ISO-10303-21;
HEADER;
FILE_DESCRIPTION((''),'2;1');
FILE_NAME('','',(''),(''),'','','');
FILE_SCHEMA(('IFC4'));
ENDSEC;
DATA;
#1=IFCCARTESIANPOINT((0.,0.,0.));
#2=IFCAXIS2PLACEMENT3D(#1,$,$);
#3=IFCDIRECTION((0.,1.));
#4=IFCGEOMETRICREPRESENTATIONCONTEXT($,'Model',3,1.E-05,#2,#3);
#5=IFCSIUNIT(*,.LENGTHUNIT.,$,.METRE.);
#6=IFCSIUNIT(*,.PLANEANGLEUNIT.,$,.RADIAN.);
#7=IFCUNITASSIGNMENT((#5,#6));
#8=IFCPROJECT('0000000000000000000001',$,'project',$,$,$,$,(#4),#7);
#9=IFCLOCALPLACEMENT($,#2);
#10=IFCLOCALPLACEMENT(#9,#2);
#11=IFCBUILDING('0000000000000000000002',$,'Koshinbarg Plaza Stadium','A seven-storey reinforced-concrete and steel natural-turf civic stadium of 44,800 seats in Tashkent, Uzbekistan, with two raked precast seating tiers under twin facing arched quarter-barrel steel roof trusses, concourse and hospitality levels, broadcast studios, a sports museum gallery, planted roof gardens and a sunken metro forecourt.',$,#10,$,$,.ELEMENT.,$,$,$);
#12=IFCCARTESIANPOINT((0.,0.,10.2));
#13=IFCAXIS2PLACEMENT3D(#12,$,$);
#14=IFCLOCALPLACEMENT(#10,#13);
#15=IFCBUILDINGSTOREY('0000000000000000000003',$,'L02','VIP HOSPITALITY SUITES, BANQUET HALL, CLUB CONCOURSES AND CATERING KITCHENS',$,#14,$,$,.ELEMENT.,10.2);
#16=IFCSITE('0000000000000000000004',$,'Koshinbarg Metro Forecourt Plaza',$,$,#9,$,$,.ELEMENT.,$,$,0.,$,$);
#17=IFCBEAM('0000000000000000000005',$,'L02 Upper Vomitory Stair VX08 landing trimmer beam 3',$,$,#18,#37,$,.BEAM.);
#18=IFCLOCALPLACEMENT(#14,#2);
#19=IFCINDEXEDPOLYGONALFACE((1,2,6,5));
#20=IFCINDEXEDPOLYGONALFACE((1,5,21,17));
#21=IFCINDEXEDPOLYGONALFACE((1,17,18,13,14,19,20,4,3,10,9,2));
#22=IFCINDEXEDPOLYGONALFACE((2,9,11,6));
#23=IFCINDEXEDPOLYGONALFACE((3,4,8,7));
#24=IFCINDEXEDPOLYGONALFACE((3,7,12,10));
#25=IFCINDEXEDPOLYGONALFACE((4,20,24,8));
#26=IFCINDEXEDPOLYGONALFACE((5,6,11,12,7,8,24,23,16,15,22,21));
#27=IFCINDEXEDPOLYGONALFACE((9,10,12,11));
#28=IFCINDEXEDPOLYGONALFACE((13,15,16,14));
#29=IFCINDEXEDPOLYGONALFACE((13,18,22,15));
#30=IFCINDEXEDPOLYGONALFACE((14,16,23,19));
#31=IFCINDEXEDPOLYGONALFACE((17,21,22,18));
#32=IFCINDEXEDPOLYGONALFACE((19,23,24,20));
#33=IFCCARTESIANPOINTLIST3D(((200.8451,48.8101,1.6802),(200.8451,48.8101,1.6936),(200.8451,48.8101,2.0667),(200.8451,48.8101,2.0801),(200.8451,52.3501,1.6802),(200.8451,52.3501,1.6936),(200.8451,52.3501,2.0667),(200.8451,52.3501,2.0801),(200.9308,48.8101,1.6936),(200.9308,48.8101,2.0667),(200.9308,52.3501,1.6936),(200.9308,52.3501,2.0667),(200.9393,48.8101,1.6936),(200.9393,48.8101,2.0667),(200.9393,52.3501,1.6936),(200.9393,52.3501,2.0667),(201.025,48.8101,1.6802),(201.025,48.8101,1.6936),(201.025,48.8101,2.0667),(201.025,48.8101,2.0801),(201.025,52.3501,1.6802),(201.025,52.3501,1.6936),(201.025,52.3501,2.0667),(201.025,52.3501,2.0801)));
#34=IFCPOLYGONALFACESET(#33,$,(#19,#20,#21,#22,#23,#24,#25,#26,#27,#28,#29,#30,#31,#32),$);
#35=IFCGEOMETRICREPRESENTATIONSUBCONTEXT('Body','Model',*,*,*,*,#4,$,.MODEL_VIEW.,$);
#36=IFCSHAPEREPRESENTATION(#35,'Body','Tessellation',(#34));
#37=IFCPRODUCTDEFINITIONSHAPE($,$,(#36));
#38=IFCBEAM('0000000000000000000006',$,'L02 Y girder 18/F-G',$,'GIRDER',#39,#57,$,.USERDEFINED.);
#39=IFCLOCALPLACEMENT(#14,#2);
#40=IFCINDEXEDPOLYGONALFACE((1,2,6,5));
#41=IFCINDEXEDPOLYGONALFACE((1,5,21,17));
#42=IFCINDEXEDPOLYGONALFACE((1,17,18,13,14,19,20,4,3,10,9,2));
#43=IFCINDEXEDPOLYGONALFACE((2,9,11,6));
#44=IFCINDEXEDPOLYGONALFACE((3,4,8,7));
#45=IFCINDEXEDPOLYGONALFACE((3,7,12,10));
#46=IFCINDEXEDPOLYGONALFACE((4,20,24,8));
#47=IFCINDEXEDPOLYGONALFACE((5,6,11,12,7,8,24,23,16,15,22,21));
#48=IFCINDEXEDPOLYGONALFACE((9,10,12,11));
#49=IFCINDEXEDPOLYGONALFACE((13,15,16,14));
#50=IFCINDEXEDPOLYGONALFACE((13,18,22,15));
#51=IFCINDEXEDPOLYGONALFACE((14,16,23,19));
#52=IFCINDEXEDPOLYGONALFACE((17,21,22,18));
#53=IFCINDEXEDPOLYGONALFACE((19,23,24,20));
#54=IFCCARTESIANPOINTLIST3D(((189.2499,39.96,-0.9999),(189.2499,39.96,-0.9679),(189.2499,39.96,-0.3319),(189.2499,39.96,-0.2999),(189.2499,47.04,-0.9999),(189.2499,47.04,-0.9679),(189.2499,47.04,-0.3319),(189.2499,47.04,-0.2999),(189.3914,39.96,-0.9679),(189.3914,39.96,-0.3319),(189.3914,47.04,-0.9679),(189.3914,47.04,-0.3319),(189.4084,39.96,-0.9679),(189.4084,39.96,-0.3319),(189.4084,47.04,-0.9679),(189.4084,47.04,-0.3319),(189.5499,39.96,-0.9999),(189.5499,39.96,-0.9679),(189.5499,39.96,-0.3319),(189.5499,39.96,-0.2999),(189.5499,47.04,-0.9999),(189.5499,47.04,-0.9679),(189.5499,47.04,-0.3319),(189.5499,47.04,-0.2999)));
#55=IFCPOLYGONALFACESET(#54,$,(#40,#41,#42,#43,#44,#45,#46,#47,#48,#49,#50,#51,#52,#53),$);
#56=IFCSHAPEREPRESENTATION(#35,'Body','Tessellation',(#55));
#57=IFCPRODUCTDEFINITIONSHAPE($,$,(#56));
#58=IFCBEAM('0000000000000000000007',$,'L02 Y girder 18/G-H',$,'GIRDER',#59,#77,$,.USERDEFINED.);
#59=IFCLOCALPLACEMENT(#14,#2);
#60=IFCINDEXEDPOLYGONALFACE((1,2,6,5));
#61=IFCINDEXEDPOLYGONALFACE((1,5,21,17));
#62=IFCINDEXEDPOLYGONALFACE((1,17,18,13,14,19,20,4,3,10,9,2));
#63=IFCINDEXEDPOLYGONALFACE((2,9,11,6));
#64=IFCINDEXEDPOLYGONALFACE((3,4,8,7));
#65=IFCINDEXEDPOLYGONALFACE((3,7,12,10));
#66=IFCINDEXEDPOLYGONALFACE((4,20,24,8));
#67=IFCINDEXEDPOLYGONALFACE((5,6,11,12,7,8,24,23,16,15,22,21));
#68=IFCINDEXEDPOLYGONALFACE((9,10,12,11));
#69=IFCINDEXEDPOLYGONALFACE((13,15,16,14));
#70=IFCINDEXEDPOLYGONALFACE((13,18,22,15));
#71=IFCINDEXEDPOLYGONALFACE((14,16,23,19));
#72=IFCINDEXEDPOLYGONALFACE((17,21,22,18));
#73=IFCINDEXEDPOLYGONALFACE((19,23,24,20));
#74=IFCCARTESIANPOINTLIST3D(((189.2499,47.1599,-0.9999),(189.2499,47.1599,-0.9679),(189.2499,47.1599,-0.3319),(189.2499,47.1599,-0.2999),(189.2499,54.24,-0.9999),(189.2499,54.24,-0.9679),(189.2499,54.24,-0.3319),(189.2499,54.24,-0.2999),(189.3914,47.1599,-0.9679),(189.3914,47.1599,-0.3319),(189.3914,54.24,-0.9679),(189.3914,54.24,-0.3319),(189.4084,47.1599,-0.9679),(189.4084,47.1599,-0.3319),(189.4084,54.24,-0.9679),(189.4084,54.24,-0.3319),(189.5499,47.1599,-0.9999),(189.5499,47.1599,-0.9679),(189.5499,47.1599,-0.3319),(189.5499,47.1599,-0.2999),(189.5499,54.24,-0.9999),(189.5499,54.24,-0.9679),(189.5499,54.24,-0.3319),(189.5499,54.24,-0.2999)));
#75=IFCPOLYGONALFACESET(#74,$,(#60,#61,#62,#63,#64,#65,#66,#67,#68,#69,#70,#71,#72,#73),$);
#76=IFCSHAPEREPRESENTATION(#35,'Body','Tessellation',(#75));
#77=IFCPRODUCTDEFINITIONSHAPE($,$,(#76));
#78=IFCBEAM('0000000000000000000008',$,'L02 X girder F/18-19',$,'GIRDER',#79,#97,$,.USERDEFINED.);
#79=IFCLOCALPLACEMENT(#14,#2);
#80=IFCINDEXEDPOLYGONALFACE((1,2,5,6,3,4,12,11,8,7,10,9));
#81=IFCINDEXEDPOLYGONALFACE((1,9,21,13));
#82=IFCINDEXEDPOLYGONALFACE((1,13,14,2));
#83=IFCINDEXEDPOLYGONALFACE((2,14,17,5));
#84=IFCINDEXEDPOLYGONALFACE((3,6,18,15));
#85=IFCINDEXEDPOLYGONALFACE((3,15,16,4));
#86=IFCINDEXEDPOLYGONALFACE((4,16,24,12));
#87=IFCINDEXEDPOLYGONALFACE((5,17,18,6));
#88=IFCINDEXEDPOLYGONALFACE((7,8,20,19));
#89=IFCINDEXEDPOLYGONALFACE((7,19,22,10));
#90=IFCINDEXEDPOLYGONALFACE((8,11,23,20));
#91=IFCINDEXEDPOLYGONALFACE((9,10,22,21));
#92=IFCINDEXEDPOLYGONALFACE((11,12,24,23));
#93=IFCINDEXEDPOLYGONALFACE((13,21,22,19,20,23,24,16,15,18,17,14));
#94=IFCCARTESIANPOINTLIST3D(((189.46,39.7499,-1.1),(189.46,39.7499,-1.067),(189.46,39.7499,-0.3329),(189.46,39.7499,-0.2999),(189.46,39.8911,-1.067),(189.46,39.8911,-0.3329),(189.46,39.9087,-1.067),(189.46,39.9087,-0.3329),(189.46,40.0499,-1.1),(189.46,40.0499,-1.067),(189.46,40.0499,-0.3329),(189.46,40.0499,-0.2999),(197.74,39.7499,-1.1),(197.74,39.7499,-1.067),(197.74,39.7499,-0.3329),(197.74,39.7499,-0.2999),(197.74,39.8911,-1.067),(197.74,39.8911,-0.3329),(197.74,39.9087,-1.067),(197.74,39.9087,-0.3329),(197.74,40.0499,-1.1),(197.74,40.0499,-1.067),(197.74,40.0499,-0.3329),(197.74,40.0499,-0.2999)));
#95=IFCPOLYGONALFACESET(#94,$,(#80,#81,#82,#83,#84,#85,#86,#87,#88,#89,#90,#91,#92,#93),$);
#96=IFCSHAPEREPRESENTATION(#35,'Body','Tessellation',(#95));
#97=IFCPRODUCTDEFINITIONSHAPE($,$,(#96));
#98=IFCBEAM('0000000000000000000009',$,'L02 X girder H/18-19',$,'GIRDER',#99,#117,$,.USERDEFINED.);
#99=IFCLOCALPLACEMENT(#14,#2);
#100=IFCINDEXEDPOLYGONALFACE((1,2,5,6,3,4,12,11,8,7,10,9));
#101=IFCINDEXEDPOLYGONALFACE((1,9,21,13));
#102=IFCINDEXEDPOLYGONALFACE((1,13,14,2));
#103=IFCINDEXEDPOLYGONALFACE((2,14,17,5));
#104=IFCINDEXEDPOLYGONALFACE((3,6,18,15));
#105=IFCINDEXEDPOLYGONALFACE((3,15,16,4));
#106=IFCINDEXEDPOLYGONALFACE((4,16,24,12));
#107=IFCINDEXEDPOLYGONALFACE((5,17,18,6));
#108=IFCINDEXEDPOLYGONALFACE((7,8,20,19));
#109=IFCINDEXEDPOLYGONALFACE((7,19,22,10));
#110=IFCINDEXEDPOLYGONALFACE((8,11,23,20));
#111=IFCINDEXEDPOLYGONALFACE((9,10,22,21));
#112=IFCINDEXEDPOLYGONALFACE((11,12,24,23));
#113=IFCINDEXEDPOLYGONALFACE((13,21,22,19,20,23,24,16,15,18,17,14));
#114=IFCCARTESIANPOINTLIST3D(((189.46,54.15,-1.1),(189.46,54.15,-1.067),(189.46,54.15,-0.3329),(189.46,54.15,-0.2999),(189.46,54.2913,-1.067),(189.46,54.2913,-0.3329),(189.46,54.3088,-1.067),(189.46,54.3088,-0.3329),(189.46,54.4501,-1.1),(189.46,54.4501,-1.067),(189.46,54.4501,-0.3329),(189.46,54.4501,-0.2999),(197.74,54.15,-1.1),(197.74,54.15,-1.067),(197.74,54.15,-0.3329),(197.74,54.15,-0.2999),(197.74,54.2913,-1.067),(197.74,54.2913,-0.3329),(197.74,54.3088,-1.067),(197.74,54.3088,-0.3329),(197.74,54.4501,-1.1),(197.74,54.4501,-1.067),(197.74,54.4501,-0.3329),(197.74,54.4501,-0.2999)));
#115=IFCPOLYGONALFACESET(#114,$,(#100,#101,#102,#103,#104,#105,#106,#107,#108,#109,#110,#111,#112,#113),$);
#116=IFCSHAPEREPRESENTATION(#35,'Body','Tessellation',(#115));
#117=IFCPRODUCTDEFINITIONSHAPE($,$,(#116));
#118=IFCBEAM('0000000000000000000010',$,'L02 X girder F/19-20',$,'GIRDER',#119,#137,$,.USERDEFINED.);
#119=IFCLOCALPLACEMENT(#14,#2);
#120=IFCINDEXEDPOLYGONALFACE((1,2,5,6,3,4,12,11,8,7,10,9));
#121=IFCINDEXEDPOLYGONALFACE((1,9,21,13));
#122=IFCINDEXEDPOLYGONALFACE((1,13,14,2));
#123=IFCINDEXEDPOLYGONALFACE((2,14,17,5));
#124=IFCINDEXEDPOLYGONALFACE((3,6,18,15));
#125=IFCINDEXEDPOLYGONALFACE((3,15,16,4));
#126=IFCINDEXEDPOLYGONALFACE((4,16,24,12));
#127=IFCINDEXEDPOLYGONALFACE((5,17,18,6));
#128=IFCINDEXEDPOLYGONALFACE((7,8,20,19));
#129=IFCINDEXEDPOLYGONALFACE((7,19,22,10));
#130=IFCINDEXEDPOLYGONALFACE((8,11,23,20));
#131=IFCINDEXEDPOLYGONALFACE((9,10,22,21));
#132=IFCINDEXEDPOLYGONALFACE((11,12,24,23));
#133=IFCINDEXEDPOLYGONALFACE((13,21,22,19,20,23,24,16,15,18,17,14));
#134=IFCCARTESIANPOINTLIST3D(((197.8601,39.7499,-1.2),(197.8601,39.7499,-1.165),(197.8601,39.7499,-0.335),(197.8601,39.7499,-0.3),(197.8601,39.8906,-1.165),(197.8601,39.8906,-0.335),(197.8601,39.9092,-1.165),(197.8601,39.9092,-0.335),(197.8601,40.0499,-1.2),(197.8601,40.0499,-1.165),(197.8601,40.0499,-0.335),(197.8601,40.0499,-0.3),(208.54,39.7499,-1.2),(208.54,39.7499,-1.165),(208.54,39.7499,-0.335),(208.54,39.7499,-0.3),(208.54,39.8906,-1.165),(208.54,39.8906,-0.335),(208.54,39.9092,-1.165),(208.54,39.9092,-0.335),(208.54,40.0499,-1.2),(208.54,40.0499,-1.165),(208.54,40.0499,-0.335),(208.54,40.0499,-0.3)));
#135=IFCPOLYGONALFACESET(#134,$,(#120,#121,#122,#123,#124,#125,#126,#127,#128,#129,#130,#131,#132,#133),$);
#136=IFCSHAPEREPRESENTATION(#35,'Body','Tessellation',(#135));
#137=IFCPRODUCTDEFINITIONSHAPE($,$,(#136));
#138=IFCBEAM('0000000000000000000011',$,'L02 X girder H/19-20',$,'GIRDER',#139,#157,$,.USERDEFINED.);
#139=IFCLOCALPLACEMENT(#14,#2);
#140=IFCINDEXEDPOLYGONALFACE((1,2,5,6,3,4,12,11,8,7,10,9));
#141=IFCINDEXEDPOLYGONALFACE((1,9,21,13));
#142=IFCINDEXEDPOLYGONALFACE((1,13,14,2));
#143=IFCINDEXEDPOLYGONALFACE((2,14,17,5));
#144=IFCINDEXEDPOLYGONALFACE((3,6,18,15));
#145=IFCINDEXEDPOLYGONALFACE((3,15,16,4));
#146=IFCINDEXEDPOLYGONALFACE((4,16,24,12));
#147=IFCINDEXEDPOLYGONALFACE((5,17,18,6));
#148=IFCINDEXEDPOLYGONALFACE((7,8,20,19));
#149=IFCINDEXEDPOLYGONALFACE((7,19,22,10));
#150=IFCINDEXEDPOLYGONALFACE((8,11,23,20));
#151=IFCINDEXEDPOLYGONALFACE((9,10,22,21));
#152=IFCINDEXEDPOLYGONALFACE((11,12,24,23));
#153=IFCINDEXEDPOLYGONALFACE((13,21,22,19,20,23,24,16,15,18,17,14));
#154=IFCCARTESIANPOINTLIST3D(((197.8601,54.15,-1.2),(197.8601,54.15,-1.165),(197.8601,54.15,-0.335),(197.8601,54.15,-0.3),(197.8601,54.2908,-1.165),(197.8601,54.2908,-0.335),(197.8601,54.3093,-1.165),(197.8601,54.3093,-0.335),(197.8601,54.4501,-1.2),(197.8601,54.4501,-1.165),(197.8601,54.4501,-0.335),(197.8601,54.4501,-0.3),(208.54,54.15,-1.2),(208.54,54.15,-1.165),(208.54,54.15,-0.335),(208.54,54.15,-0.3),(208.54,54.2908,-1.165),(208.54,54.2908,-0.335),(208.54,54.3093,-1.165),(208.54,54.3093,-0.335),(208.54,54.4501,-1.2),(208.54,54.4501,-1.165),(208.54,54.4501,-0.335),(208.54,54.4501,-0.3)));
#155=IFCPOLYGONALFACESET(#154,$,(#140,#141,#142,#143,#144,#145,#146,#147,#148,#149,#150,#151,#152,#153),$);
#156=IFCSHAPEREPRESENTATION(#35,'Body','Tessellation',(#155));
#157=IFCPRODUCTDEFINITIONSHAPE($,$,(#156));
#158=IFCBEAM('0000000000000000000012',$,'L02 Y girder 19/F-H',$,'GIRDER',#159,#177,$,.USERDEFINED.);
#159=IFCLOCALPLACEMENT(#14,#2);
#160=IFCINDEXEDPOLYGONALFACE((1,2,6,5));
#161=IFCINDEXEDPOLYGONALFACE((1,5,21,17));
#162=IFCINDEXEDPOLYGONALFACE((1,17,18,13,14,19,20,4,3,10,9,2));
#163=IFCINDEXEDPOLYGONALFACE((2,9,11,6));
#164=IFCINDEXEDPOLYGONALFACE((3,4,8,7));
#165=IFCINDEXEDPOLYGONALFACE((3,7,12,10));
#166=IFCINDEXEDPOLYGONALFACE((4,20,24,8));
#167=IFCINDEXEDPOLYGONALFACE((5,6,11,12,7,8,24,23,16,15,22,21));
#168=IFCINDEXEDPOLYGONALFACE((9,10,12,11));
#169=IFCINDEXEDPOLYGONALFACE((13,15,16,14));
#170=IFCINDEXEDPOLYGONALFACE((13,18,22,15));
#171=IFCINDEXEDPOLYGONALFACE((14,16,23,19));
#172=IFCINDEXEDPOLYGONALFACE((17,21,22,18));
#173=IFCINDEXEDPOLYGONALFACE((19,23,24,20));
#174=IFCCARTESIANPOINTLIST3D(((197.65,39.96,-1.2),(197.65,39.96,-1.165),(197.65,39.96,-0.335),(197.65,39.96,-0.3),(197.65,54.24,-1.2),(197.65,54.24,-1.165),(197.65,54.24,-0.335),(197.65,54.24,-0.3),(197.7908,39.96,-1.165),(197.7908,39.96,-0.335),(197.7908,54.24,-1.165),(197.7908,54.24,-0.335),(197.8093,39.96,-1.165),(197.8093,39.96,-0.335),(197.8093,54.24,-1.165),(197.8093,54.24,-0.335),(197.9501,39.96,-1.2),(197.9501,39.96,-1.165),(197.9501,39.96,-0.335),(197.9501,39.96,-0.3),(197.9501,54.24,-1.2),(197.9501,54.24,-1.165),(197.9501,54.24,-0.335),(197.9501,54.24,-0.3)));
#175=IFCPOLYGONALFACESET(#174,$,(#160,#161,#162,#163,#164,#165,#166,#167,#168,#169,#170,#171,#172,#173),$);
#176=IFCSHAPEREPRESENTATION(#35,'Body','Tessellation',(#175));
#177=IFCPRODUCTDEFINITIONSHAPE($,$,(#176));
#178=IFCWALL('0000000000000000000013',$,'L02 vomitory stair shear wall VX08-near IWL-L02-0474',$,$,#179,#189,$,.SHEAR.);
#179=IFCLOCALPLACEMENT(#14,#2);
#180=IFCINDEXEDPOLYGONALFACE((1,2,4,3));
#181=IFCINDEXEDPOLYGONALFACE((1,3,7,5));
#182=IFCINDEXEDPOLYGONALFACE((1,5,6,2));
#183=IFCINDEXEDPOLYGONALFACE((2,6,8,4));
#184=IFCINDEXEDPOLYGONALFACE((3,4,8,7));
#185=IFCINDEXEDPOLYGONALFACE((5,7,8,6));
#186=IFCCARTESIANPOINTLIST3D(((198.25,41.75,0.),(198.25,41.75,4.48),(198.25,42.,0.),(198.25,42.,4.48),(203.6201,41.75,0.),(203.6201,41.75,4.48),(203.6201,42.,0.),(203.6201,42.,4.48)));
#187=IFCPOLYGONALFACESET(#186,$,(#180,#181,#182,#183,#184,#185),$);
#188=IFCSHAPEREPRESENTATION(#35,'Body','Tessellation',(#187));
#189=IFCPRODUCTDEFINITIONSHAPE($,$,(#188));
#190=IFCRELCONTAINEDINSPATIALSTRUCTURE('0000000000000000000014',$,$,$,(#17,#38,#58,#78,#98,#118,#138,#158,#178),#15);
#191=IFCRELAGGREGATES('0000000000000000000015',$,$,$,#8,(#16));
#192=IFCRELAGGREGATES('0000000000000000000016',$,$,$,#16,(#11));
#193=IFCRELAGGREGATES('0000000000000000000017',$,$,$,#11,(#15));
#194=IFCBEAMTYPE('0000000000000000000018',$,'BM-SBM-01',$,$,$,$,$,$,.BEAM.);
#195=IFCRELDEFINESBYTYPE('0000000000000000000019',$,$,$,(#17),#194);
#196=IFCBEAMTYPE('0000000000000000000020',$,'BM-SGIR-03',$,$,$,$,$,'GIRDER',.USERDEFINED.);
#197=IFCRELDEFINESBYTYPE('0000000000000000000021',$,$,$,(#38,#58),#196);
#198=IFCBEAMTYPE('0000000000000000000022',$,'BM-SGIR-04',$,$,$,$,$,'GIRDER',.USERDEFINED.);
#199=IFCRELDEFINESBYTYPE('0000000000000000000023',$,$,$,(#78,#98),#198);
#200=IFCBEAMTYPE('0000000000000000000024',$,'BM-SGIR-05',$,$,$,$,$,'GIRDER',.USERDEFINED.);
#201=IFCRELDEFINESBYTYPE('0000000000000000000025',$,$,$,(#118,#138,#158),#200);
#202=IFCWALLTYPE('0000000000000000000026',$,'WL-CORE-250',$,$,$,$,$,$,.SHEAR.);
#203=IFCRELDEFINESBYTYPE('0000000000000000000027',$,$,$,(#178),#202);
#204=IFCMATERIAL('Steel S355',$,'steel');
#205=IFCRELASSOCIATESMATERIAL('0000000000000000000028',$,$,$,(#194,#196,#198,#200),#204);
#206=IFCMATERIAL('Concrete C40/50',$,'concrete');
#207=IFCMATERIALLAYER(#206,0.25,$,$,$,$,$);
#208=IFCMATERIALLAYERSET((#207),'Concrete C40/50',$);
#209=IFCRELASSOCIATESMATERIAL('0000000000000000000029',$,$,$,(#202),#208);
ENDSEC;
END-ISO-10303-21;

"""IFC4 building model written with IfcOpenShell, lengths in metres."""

from ifc_helpers import new_model, si_unit, direction, frame, frame_2d, origin, origin_2d, place, context, subcontext, project, spatial, rectangle, i_section, extrude, material, layer, layer_set, material_profile, profile_set, type_object, element, save


model = new_model("IFC4")

# Units and contexts
model_context = context("Model", 3, precision=1e-05, world=origin(), true_north=direction((0.0, 1.0)))
body_context = subcontext(model_context, "Body", "Model", "MODEL_VIEW")
ifc_project = project(units=[si_unit("LENGTHUNIT", "METRE"), si_unit("PLANEANGLEUNIT", "RADIAN")], contexts=[model_context])

# Site, building, storey
site_placement = place(None, origin())
site = spatial("IfcSite", under=ifc_project, at=site_placement, Name="Koshinbarg Metro Forecourt Plaza", CompositionType="ELEMENT", RefElevation=0.0)
building_placement = place(site_placement, origin())
building = spatial("IfcBuilding", under=site, at=building_placement, Name="Koshinbarg Plaza Stadium", Description="A seven-storey reinforced-concrete and steel natural-turf civic stadium of 44,800 seats in Tashkent, Uzbekistan, with two raked precast seating tiers under twin facing arched quarter-barrel steel roof trusses, concourse and hospitality levels, broadcast studios, a sports museum gallery, planted roof gardens and a sunken metro forecourt.", CompositionType="ELEMENT")
storey_placement = place(building_placement, frame((0.0, 0.0, 10.2)))
storey = spatial("IfcBuildingStorey", under=building, at=storey_placement, Name="L02", Description="VIP HOSPITALITY SUITES, BANQUET HALL, CLUB CONCOURSES AND CATERING KITCHENS", CompositionType="ELEMENT", Elevation=10.2)

# Shared definitions
ifc_material_1 = material(Name="Concrete C40/50", Category="concrete")

# Beams
ifc_material_2 = material(Name="Steel S355", Category="steel")
ifc_material_profile_1 = material_profile(ifc_material_2, i_section(OverallWidth=0.1799, OverallDepth=0.3999, WebThickness=0.0085, FlangeThickness=0.0134, at=origin_2d()), Name="IPE 400")
ifc_profile_set_1 = profile_set([ifc_material_profile_1], Name="Steel S355")
beam_type_1 = type_object("IfcBeamType", Name="BM-SBM-01", PredefinedType="BEAM", material=ifc_profile_set_1)
beam_1_placement = place(storey_placement, frame((200.9351, 48.8101, 1.8801), z_axis=(0.0, 1.0, 0.0), x_axis=(-1.0, 0.0, 0.0)))
element("IfcBeam", 1, at=beam_1_placement, inside=storey, type_object=beam_type_1, Name="L02 Upper Vomitory Stair VX08 landing trimmer beam 3", PredefinedType="BEAM", context=body_context, shape_type="SweptSolid", body=[
    extrude(i_section(OverallWidth=0.1799, OverallDepth=0.3999, WebThickness=0.0085, FlangeThickness=0.0134, at=origin_2d()), origin(), (0.0, 0.0, 1.0), 3.54),
])
ifc_material_profile_2 = material_profile(ifc_material_2, i_section(OverallWidth=0.3, OverallDepth=0.7, WebThickness=0.0171, FlangeThickness=0.032, at=origin_2d()), Name="HEB 700")
ifc_profile_set_2 = profile_set([ifc_material_profile_2], Name="Steel S355")
beam_type_2 = type_object("IfcBeamType", Name="BM-SGIR-03", ElementType="GIRDER", PredefinedType="USERDEFINED", material=ifc_profile_set_2)
for number, where, z_axis, x_axis, name in (
    (2, (189.3999, 39.96, -0.6499), (0.0, 1.0, 0.0), (-1.0, 0.0, 0.0), "L02 Y girder 18/F-G"),
    (3, (189.3999, 47.1599, -0.6499), (0.0, 1.0, 0.0), (-1.0, 0.0, 0.0), "L02 Y girder 18/G-H"),
):
    element("IfcBeam", number, at=place(storey_placement, frame(where, z_axis=z_axis, x_axis=x_axis)), inside=storey, type_object=beam_type_2, Name=name, ObjectType="GIRDER", PredefinedType="USERDEFINED", context=body_context, shape_type="SweptSolid", body=[
        extrude(i_section(OverallWidth=0.3, OverallDepth=0.7, WebThickness=0.0171, FlangeThickness=0.032, at=origin_2d()), origin(), (0.0, 0.0, 1.0), 7.0801),
    ])
ifc_material_profile_3 = material_profile(ifc_material_2, i_section(OverallWidth=0.3, OverallDepth=0.8, WebThickness=0.0176, FlangeThickness=0.033, at=origin_2d()), Name="HEB 800")
ifc_profile_set_3 = profile_set([ifc_material_profile_3], Name="Steel S355")
beam_type_3 = type_object("IfcBeamType", Name="BM-SGIR-04", ElementType="GIRDER", PredefinedType="USERDEFINED", material=ifc_profile_set_3)
for number, where, z_axis, x_axis, name in (
    (4, (189.46, 39.8999, -0.7), (1.0, 0.0, 0.0), (0.0, 1.0, 0.0), "L02 X girder F/18-19"),
    (5, (189.46, 54.3, -0.7), (1.0, 0.0, 0.0), (0.0, 1.0, 0.0), "L02 X girder H/18-19"),
):
    element("IfcBeam", number, at=place(storey_placement, frame(where, z_axis=z_axis, x_axis=x_axis)), inside=storey, type_object=beam_type_3, Name=name, ObjectType="GIRDER", PredefinedType="USERDEFINED", context=body_context, shape_type="SweptSolid", body=[
        extrude(i_section(OverallWidth=0.3, OverallDepth=0.8, WebThickness=0.0176, FlangeThickness=0.033, at=origin_2d()), origin(), (0.0, 0.0, 1.0), 8.28),
    ])
ifc_material_profile_4 = material_profile(ifc_material_2, i_section(OverallWidth=0.3, OverallDepth=0.8999, WebThickness=0.0186, FlangeThickness=0.0349, at=origin_2d()), Name="HEB 900")
ifc_profile_set_4 = profile_set([ifc_material_profile_4], Name="Steel S355")
beam_type_4 = type_object("IfcBeamType", Name="BM-SGIR-05", ElementType="GIRDER", PredefinedType="USERDEFINED", material=ifc_profile_set_4)
for number, where, z_axis, x_axis, name in (
    (6, (197.8601, 39.8999, -0.75), (1.0, 0.0, 0.0), (0.0, 1.0, 0.0), "L02 X girder F/19-20"),
    (7, (197.8601, 54.3, -0.75), (1.0, 0.0, 0.0), (0.0, 1.0, 0.0), "L02 X girder H/19-20"),
):
    element("IfcBeam", number, at=place(storey_placement, frame(where, z_axis=z_axis, x_axis=x_axis)), inside=storey, type_object=beam_type_4, Name=name, ObjectType="GIRDER", PredefinedType="USERDEFINED", context=body_context, shape_type="SweptSolid", body=[
        extrude(i_section(OverallWidth=0.3, OverallDepth=0.8999, WebThickness=0.0186, FlangeThickness=0.0349, at=origin_2d()), origin(), (0.0, 0.0, 1.0), 10.6799),
    ])
beam_2_placement = place(storey_placement, frame((197.8, 39.96, -0.75), z_axis=(0.0, 1.0, 0.0), x_axis=(-1.0, 0.0, 0.0)))
element("IfcBeam", 8, at=beam_2_placement, inside=storey, type_object=beam_type_4, Name="L02 Y girder 19/F-H", ObjectType="GIRDER", PredefinedType="USERDEFINED", context=body_context, shape_type="SweptSolid", body=[
    extrude(i_section(OverallWidth=0.3, OverallDepth=0.8999, WebThickness=0.0186, FlangeThickness=0.0349, at=origin_2d()), origin(), (0.0, 0.0, 1.0), 14.28),
])

# Wall
ifc_layer_1 = layer(ifc_material_1, 0.25)
ifc_layer_set_1 = layer_set([ifc_layer_1], Name="Concrete C40/50")
wall_type_1 = type_object("IfcWallType", Name="WL-CORE-250", PredefinedType="SHEAR", material=ifc_layer_set_1)
wall_1_placement = place(storey_placement, frame((198.25, 41.875, 0.0), z_axis=(0.0, 0.0, 1.0), x_axis=(1.0, 0.0, 0.0)))
element("IfcWall", 9, at=wall_1_placement, inside=storey, type_object=wall_type_1, Name="L02 vomitory stair shear wall VX08-near IWL-L02-0474", PredefinedType="SHEAR", context=body_context, shape_type="SweptSolid", body=[
    extrude(rectangle(XDim=5.3701, YDim=0.25, at=frame_2d((2.6851, 0.0))), origin(), (0.0, 0.0, 1.0), 4.48),
])

save(model, "model.ifc")
